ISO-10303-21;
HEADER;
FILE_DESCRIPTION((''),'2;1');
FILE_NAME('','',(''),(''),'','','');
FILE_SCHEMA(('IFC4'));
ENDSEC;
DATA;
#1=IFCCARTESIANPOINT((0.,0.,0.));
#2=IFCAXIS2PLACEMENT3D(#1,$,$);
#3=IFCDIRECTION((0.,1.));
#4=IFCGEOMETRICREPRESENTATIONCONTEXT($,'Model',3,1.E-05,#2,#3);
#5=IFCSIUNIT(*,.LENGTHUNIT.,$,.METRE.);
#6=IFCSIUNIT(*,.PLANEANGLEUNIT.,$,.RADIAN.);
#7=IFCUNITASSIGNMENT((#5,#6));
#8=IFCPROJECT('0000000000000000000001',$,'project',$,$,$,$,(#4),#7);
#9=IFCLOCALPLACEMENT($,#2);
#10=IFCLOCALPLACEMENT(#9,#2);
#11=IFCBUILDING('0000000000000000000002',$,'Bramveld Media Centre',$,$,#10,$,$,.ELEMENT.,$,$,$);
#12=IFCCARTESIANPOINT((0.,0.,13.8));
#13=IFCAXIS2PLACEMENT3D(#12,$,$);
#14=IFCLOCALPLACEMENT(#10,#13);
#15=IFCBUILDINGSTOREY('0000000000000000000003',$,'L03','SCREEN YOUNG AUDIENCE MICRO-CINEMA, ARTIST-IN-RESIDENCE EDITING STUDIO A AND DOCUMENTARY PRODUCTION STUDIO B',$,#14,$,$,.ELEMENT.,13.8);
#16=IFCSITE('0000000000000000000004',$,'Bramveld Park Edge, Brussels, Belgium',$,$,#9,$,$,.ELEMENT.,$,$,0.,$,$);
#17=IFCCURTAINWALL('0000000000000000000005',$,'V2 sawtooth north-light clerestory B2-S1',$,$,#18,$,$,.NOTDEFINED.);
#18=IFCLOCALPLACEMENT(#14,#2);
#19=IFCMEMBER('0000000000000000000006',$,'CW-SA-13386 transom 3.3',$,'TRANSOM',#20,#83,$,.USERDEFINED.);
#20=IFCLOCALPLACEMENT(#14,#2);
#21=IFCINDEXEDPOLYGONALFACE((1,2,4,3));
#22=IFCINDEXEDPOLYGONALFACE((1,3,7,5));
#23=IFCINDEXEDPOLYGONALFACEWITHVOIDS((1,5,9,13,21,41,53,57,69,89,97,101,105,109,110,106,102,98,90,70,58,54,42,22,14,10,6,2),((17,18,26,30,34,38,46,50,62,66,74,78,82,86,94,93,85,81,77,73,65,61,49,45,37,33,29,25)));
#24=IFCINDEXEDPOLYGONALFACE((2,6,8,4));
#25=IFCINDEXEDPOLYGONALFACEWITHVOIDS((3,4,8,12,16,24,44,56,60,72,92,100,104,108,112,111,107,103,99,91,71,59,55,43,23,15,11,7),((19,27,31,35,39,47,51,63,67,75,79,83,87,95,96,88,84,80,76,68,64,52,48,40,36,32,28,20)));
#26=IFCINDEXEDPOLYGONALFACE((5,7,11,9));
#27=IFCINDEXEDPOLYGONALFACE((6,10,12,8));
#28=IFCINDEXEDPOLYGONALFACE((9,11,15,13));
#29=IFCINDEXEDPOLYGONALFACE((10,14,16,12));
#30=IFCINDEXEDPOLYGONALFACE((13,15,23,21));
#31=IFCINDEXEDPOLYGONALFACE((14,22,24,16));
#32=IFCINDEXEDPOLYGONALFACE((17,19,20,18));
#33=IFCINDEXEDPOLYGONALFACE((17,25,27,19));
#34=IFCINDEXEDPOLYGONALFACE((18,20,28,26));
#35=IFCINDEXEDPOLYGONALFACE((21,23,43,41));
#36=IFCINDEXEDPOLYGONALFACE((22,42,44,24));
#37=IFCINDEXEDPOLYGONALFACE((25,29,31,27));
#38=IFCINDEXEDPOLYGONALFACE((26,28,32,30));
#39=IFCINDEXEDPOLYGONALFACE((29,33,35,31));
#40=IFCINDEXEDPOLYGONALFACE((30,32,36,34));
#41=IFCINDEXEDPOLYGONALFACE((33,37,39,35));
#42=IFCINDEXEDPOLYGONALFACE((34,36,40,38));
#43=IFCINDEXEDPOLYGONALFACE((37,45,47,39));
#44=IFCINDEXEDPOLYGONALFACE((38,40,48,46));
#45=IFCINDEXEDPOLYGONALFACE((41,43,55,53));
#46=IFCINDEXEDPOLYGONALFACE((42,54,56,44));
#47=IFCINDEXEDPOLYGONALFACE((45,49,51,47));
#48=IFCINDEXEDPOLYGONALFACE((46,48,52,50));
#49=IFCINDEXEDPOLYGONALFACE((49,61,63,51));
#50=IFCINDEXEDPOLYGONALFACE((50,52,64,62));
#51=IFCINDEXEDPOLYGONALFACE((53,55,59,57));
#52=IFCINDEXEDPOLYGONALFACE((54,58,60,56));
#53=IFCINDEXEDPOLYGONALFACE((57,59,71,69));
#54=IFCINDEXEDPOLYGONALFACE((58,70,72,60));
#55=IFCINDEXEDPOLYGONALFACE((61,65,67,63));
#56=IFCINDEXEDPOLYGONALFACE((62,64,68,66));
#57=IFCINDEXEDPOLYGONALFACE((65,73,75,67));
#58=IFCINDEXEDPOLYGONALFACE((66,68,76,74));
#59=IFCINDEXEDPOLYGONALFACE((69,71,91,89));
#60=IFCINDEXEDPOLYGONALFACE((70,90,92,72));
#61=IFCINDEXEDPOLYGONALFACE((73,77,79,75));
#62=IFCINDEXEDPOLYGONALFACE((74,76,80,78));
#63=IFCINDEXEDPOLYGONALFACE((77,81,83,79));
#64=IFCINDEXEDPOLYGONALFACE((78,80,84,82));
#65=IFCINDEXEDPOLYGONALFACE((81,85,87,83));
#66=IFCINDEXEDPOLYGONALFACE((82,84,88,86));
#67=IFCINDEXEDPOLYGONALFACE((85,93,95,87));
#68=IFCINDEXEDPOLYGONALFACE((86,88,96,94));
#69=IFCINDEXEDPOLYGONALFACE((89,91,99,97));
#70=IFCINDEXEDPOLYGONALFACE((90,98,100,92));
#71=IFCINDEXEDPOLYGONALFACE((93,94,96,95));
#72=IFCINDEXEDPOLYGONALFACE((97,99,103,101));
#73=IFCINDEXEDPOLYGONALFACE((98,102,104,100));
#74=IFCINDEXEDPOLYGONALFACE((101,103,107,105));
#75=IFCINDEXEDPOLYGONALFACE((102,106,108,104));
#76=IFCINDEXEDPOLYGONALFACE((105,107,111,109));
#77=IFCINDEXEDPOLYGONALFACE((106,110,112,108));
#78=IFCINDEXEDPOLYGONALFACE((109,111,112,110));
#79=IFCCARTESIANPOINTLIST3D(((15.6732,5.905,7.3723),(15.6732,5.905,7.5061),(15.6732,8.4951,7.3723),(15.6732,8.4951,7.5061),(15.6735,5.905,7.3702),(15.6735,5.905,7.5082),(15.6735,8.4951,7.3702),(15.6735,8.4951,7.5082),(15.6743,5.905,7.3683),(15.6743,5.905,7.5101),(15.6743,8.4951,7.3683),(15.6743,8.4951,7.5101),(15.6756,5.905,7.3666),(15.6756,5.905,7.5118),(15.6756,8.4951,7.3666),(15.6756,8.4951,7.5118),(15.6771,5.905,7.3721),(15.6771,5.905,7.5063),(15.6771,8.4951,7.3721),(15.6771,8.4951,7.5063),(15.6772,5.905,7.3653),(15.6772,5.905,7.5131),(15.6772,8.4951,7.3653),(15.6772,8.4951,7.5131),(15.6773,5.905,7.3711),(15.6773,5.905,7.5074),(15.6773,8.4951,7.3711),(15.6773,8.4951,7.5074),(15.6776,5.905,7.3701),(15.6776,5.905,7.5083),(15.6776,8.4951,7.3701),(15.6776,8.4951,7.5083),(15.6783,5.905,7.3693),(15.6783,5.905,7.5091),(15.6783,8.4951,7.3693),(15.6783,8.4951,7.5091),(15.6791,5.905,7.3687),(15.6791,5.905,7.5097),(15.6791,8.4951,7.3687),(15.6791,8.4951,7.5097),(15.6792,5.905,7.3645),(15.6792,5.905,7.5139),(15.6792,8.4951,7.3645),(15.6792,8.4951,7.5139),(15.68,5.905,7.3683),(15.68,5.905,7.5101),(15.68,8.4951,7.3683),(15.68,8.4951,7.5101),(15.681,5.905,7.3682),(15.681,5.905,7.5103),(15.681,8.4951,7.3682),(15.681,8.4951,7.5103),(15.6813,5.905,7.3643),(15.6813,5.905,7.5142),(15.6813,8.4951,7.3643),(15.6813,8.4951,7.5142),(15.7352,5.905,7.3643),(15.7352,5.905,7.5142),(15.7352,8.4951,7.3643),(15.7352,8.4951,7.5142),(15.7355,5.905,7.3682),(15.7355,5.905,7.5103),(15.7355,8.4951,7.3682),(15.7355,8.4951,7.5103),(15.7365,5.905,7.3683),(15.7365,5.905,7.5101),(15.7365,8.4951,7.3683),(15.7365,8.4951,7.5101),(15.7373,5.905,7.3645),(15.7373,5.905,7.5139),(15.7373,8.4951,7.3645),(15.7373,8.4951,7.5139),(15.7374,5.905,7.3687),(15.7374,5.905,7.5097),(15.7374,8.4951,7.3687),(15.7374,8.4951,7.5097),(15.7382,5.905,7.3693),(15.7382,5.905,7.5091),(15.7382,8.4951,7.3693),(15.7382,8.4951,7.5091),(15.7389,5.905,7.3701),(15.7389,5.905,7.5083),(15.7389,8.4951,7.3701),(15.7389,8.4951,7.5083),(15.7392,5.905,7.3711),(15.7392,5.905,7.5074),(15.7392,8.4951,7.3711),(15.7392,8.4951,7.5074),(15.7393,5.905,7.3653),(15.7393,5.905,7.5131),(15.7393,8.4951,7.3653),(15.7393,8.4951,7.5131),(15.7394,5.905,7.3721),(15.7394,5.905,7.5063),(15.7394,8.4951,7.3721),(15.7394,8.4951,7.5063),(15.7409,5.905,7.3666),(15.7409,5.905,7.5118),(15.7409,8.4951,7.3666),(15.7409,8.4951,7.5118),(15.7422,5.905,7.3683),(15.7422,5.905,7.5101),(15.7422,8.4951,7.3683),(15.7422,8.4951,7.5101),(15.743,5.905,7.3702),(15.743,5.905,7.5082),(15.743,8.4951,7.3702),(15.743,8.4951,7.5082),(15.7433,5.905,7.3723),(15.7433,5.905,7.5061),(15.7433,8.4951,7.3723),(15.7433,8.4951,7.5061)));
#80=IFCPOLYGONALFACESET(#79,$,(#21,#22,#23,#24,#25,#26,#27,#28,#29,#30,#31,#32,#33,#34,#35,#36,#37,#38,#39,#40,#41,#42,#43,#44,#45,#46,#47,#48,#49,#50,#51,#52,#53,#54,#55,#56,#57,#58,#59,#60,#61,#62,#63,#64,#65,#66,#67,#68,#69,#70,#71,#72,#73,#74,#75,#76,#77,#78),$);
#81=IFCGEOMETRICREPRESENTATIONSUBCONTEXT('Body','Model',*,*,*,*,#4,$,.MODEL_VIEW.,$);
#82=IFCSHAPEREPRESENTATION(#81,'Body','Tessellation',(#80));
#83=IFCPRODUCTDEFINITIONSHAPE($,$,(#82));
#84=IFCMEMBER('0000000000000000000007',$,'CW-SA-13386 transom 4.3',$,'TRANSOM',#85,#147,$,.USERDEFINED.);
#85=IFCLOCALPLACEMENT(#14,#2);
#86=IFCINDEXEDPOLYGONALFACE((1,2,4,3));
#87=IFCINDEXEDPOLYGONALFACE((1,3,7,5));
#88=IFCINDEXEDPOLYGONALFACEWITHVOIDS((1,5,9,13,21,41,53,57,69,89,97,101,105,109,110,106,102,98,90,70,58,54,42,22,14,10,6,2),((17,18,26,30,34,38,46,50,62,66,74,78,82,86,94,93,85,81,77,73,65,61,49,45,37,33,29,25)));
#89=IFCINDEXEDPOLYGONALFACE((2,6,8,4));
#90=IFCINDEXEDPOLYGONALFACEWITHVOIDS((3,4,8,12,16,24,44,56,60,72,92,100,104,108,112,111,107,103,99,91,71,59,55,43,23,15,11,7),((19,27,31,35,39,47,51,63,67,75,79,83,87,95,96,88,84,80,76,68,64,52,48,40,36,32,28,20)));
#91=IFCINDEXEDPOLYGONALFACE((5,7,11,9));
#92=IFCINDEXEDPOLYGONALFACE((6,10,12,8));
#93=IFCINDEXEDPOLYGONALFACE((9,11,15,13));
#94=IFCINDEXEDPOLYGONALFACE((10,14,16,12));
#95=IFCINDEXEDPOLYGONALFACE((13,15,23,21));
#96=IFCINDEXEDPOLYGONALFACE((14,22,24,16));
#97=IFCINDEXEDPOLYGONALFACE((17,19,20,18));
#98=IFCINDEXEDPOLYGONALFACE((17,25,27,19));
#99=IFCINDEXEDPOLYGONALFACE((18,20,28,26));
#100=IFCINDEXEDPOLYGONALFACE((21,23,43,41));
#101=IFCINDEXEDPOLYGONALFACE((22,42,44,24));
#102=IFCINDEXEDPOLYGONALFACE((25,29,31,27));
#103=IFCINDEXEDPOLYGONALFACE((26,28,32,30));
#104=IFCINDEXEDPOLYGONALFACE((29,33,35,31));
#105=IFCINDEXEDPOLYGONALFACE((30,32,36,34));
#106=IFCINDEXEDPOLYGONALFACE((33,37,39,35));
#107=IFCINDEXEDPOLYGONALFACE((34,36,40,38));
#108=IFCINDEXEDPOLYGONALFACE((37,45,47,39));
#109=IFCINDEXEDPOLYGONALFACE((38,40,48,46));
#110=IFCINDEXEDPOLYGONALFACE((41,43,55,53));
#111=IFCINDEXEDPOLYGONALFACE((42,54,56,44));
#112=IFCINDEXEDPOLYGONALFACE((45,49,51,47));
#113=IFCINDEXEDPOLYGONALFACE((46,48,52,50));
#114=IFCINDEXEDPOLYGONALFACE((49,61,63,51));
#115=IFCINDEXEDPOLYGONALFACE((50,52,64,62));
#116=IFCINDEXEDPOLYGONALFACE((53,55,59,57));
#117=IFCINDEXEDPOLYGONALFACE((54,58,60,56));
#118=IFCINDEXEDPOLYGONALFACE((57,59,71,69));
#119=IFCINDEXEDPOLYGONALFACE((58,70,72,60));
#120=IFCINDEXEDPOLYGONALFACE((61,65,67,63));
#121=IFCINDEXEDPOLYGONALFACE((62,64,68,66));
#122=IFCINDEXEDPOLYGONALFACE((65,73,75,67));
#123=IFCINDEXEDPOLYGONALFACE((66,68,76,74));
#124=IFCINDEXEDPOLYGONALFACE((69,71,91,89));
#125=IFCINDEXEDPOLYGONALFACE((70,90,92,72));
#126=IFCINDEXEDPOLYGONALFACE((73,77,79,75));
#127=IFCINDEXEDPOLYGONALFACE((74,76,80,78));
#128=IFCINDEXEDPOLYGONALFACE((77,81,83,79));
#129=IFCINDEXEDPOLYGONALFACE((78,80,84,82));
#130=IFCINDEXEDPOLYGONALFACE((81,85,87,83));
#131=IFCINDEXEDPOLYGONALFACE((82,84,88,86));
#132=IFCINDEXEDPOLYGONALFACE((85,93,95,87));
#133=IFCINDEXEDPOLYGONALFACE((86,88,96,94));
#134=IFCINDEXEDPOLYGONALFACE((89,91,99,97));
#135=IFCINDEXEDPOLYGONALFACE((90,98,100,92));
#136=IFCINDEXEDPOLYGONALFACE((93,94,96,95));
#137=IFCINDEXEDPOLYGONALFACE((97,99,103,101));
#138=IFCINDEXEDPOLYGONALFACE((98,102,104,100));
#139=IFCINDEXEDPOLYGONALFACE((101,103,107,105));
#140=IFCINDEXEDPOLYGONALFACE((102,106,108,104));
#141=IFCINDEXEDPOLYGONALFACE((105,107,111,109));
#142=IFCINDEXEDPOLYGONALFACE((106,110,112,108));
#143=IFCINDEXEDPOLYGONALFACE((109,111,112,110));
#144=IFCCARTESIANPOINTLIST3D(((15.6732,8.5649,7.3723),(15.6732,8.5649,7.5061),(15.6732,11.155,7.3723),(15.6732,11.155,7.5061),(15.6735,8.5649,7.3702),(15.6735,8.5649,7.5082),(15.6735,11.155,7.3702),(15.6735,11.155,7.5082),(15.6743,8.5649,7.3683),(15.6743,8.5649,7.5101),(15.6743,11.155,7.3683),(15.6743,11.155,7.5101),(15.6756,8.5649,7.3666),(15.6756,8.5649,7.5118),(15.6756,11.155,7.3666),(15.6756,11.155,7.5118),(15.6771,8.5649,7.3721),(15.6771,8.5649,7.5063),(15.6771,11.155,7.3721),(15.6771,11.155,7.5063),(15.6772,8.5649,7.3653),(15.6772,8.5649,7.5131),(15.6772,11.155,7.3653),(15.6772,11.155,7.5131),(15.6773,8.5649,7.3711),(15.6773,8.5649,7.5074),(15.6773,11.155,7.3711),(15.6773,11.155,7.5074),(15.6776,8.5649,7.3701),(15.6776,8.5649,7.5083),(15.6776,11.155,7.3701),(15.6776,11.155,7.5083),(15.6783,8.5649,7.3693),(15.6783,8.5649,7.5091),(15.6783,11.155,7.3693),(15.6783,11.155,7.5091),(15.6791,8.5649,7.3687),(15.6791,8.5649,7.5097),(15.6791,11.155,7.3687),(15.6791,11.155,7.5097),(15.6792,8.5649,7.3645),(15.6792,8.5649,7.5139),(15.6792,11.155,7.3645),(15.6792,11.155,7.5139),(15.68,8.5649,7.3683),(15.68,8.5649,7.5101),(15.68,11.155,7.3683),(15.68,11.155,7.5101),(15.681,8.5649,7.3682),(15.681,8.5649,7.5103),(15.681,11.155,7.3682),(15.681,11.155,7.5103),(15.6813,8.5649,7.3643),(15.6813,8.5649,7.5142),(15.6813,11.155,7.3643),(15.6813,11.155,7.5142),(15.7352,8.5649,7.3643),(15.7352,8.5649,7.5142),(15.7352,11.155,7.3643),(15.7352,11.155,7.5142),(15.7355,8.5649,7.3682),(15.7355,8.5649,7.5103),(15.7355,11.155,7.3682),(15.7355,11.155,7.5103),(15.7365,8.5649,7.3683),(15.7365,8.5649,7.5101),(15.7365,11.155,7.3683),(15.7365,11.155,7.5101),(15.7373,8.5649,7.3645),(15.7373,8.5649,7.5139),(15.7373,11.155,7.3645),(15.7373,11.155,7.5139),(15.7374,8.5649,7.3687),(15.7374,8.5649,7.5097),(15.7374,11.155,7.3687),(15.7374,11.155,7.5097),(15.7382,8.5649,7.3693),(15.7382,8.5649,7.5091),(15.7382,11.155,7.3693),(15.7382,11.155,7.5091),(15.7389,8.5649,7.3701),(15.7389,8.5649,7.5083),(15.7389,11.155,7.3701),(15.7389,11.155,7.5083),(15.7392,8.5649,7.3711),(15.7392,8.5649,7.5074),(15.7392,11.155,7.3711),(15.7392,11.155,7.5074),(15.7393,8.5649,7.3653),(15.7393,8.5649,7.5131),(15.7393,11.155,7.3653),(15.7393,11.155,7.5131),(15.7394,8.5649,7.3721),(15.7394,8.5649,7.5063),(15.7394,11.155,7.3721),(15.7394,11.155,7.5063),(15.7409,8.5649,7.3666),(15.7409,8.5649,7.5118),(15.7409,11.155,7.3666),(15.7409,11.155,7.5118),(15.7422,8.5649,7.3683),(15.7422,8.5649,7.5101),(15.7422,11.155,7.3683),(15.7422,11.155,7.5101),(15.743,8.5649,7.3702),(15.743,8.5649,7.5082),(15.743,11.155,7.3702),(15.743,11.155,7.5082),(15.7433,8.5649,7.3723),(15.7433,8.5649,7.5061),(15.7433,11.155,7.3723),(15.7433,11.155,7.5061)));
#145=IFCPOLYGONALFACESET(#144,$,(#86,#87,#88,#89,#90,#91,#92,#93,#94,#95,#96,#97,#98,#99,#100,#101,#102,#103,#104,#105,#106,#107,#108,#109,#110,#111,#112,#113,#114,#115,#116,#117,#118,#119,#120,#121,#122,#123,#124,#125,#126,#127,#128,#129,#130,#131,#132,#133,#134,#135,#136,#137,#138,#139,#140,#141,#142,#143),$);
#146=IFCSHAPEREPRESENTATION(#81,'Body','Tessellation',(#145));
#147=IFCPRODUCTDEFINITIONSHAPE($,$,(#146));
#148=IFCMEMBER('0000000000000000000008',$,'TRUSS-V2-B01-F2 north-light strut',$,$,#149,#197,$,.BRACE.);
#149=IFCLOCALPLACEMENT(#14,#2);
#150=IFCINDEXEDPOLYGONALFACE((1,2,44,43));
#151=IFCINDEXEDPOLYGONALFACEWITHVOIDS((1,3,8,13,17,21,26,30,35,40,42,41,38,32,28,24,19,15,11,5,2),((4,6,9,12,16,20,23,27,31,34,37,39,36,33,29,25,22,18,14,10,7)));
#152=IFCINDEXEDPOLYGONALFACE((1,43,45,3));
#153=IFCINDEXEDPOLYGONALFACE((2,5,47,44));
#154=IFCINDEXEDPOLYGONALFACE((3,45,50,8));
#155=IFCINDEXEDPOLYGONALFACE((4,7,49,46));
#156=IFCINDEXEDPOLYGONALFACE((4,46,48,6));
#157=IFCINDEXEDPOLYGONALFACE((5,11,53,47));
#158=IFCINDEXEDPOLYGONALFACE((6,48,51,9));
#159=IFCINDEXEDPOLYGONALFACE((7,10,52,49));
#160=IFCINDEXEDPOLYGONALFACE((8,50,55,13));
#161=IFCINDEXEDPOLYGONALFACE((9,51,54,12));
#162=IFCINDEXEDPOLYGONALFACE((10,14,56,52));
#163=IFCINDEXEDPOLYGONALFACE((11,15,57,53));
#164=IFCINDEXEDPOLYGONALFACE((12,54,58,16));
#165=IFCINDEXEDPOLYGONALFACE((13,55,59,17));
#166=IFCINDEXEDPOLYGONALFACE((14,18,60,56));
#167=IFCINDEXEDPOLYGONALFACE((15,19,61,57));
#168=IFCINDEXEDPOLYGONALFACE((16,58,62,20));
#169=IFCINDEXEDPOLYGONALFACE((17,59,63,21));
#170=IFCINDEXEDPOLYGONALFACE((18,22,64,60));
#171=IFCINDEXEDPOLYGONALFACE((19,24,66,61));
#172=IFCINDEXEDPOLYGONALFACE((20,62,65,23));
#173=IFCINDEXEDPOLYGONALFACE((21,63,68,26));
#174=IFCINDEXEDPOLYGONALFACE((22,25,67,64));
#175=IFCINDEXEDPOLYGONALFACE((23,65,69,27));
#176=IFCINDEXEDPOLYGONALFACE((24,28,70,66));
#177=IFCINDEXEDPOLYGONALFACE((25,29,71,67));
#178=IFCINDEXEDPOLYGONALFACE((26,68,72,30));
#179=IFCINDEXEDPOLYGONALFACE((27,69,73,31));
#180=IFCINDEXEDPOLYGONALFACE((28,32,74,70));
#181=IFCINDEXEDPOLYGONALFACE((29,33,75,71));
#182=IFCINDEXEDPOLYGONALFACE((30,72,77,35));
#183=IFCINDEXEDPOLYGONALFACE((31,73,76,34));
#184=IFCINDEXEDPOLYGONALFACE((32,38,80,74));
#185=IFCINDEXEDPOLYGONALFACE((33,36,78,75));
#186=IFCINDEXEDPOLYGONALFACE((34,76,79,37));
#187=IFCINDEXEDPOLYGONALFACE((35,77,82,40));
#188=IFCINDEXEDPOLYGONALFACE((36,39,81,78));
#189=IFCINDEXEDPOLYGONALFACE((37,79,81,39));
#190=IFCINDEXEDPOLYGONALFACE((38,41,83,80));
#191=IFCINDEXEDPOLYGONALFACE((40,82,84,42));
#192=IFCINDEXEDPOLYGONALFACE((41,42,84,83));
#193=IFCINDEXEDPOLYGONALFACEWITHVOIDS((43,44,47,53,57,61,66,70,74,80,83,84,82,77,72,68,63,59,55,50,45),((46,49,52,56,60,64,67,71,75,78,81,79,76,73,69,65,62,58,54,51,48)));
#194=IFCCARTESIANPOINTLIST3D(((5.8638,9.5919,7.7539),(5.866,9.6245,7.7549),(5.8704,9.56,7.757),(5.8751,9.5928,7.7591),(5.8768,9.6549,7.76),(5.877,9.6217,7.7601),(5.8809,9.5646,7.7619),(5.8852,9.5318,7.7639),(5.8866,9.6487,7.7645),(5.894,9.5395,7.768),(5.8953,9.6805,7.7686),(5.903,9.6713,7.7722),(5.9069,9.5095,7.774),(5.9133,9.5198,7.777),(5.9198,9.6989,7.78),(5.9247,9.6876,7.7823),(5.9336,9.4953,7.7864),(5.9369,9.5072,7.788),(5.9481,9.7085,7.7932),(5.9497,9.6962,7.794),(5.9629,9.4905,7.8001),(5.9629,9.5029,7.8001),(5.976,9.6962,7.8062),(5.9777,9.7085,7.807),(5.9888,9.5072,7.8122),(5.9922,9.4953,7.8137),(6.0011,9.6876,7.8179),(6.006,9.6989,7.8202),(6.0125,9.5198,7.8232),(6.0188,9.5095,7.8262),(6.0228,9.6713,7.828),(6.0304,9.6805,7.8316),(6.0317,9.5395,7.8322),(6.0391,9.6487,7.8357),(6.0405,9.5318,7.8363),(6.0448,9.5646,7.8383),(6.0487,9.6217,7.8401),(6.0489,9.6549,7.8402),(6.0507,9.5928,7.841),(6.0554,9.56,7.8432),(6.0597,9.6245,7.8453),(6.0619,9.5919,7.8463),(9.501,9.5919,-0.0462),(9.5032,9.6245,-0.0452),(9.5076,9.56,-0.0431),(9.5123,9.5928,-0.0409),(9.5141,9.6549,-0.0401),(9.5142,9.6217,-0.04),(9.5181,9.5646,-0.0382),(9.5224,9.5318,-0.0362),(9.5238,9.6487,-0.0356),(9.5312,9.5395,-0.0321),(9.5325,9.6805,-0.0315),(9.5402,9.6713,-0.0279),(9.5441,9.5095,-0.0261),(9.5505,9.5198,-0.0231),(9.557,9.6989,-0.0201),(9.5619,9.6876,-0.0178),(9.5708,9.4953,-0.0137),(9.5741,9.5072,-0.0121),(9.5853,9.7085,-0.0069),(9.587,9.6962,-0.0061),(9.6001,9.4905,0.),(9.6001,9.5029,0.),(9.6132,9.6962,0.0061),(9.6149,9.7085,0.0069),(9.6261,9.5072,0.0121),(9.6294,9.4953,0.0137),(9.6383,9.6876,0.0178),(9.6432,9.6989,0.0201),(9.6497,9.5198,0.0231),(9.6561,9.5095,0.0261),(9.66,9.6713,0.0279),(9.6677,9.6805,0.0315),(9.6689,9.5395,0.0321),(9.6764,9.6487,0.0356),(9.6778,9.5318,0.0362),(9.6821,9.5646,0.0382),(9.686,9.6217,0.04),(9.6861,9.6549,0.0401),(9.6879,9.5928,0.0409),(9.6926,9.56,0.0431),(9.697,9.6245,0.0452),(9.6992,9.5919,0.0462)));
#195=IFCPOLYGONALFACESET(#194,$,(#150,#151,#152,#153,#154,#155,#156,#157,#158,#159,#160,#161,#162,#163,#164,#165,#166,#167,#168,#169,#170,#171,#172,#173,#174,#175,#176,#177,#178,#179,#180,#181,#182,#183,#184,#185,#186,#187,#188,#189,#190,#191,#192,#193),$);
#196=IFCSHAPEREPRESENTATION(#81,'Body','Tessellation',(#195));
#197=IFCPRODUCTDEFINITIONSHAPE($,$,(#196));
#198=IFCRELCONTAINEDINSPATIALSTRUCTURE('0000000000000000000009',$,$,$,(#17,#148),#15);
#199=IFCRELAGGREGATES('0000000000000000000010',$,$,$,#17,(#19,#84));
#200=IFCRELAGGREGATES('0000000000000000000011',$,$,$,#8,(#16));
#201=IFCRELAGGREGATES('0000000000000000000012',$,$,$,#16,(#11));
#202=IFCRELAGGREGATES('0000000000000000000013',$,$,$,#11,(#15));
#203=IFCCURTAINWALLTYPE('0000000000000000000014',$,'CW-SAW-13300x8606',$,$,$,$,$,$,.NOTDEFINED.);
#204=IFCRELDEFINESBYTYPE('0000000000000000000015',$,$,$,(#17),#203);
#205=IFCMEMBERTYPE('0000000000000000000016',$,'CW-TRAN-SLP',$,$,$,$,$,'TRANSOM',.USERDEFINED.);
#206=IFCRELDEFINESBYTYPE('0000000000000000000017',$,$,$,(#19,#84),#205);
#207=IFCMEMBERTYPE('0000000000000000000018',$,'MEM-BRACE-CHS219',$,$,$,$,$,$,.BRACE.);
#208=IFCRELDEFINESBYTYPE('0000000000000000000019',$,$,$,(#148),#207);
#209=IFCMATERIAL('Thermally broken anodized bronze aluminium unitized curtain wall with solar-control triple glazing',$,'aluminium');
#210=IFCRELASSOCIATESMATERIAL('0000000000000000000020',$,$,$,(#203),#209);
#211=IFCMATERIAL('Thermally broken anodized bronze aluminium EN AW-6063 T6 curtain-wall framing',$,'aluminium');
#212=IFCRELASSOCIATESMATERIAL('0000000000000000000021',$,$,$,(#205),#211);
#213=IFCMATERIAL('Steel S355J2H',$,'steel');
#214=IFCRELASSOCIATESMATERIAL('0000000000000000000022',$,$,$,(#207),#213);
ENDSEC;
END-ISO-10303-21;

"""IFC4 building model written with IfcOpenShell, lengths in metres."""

from ifc_helpers import new_model, si_unit, direction, frame, origin, origin_2d, place, context, subcontext, project, spatial, hollow_rectangle, hollow_circle, extrude, material, material_profile, profile_set, type_object, element, aggregate, save


model = new_model("IFC4")

# Units and contexts
model_context = context("Model", 3, precision=1e-05, world=origin(), true_north=direction((0.0, 1.0)))
body_context = subcontext(model_context, "Body", "Model", "MODEL_VIEW")
ifc_project = project(units=[si_unit("LENGTHUNIT", "METRE"), si_unit("PLANEANGLEUNIT", "RADIAN")], contexts=[model_context])

# Site, building, storey
site_placement = place(None, origin())
site = spatial("IfcSite", under=ifc_project, at=site_placement, Name="Bramveld Park Edge, Brussels, Belgium", CompositionType="ELEMENT", RefElevation=0.0)
building_placement = place(site_placement, origin())
building = spatial("IfcBuilding", under=site, at=building_placement, Name="Bramveld Media Centre", CompositionType="ELEMENT")
storey_placement = place(building_placement, frame((0.0, 0.0, 13.8)))
storey = spatial("IfcBuildingStorey", under=building, at=storey_placement, Name="L03", Description="SCREEN YOUNG AUDIENCE MICRO-CINEMA, ARTIST-IN-RESIDENCE EDITING STUDIO A AND DOCUMENTARY PRODUCTION STUDIO B", CompositionType="ELEMENT", Elevation=13.8)

# Curtain wall, members
ifc_material_1 = material(Name="Thermally broken anodized bronze aluminium unitized curtain wall with solar-control triple glazing", Category="aluminium")
curtain_wall_type = type_object("IfcCurtainWallType", Name="CW-SAW-13300x8606", PredefinedType="NOTDEFINED", material=ifc_material_1)
ifc_material_2 = material(Name="Thermally broken anodized bronze aluminium EN AW-6063 T6 curtain-wall framing", Category="aluminium")
ifc_material_profile_1 = material_profile(ifc_material_2, hollow_rectangle(XDim=0.0701, YDim=0.1499, WallThickness=0.0039, InnerFilletRadius=0.0039, OuterFilletRadius=0.0081, at=origin_2d()), Name="AL-TRAN 70x150")
ifc_profile_set_1 = profile_set([ifc_material_profile_1], Name="Thermally broken anodized bronze aluminium EN AW-6063 T6 curtain-wall framing")
member_type_1 = type_object("IfcMemberType", Name="CW-TRAN-SLP", ElementType="TRANSOM", PredefinedType="USERDEFINED", material=ifc_profile_set_1)
curtain_wall_1_placement = place(storey_placement, origin())
curtain_wall_1 = element("IfcCurtainWall", 1, at=curtain_wall_1_placement, inside=storey, type_object=curtain_wall_type, Name="V2 sawtooth north-light clerestory B2-S1", PredefinedType="NOTDEFINED")
member_1_placement = place(storey_placement, frame((15.7083, 5.905, 7.4392), z_axis=(0.0, 1.0, 0.0), x_axis=(-1.0, 0.0, 0.0)))
member_1 = element("IfcMember", 2, at=member_1_placement, type_object=member_type_1, Name="CW-SA-13386 transom 3.3", ObjectType="TRANSOM", PredefinedType="USERDEFINED", context=body_context, shape_type="SweptSolid", body=[
    extrude(hollow_rectangle(XDim=0.0701, YDim=0.1499, WallThickness=0.0039, InnerFilletRadius=0.0039, OuterFilletRadius=0.0081, at=origin_2d()), origin(), (0.0, 0.0, 1.0), 2.5901),
])
member_2_placement = place(storey_placement, frame((15.7083, 8.5649, 7.4392), z_axis=(0.0, 1.0, 0.0), x_axis=(-1.0, 0.0, 0.0)))
member_2 = element("IfcMember", 3, at=member_2_placement, type_object=member_type_1, Name="CW-SA-13386 transom 4.3", ObjectType="TRANSOM", PredefinedType="USERDEFINED", context=body_context, shape_type="SweptSolid", body=[
    extrude(hollow_rectangle(XDim=0.0701, YDim=0.1499, WallThickness=0.0039, InnerFilletRadius=0.0039, OuterFilletRadius=0.0081, at=origin_2d()), origin(), (0.0, 0.0, 1.0), 2.5901),
])
aggregate(curtain_wall_1, [member_1, member_2])

# Member
ifc_material_3 = material(Name="Steel S355J2H", Category="steel")
ifc_material_profile_2 = material_profile(ifc_material_3, hollow_circle(Radius=0.1096, WallThickness=0.0125, at=origin_2d()), Name="CHS 219.1x12.5")
ifc_profile_set_2 = profile_set([ifc_material_profile_2], Name="Steel S355J2H")
member_type_2 = type_object("IfcMemberType", Name="MEM-BRACE-CHS219", PredefinedType="BRACE", material=ifc_profile_set_2)
member_3_placement = place(storey_placement, frame((9.6001, 9.6001, 0.0), z_axis=(-0.422617, 0.0, 0.906308), x_axis=(0.0, -1.0, 0.0)))
element("IfcMember", 4, at=member_3_placement, inside=storey, type_object=member_type_2, Name="TRUSS-V2-B01-F2 north-light strut", PredefinedType="BRACE", context=body_context, shape_type="SweptSolid", body=[
    extrude(hollow_circle(Radius=0.1096, WallThickness=0.0125, at=origin_2d()), origin(), (0.0, 0.0, 1.0), 8.6064),
])

save(model, "model.ifc")
